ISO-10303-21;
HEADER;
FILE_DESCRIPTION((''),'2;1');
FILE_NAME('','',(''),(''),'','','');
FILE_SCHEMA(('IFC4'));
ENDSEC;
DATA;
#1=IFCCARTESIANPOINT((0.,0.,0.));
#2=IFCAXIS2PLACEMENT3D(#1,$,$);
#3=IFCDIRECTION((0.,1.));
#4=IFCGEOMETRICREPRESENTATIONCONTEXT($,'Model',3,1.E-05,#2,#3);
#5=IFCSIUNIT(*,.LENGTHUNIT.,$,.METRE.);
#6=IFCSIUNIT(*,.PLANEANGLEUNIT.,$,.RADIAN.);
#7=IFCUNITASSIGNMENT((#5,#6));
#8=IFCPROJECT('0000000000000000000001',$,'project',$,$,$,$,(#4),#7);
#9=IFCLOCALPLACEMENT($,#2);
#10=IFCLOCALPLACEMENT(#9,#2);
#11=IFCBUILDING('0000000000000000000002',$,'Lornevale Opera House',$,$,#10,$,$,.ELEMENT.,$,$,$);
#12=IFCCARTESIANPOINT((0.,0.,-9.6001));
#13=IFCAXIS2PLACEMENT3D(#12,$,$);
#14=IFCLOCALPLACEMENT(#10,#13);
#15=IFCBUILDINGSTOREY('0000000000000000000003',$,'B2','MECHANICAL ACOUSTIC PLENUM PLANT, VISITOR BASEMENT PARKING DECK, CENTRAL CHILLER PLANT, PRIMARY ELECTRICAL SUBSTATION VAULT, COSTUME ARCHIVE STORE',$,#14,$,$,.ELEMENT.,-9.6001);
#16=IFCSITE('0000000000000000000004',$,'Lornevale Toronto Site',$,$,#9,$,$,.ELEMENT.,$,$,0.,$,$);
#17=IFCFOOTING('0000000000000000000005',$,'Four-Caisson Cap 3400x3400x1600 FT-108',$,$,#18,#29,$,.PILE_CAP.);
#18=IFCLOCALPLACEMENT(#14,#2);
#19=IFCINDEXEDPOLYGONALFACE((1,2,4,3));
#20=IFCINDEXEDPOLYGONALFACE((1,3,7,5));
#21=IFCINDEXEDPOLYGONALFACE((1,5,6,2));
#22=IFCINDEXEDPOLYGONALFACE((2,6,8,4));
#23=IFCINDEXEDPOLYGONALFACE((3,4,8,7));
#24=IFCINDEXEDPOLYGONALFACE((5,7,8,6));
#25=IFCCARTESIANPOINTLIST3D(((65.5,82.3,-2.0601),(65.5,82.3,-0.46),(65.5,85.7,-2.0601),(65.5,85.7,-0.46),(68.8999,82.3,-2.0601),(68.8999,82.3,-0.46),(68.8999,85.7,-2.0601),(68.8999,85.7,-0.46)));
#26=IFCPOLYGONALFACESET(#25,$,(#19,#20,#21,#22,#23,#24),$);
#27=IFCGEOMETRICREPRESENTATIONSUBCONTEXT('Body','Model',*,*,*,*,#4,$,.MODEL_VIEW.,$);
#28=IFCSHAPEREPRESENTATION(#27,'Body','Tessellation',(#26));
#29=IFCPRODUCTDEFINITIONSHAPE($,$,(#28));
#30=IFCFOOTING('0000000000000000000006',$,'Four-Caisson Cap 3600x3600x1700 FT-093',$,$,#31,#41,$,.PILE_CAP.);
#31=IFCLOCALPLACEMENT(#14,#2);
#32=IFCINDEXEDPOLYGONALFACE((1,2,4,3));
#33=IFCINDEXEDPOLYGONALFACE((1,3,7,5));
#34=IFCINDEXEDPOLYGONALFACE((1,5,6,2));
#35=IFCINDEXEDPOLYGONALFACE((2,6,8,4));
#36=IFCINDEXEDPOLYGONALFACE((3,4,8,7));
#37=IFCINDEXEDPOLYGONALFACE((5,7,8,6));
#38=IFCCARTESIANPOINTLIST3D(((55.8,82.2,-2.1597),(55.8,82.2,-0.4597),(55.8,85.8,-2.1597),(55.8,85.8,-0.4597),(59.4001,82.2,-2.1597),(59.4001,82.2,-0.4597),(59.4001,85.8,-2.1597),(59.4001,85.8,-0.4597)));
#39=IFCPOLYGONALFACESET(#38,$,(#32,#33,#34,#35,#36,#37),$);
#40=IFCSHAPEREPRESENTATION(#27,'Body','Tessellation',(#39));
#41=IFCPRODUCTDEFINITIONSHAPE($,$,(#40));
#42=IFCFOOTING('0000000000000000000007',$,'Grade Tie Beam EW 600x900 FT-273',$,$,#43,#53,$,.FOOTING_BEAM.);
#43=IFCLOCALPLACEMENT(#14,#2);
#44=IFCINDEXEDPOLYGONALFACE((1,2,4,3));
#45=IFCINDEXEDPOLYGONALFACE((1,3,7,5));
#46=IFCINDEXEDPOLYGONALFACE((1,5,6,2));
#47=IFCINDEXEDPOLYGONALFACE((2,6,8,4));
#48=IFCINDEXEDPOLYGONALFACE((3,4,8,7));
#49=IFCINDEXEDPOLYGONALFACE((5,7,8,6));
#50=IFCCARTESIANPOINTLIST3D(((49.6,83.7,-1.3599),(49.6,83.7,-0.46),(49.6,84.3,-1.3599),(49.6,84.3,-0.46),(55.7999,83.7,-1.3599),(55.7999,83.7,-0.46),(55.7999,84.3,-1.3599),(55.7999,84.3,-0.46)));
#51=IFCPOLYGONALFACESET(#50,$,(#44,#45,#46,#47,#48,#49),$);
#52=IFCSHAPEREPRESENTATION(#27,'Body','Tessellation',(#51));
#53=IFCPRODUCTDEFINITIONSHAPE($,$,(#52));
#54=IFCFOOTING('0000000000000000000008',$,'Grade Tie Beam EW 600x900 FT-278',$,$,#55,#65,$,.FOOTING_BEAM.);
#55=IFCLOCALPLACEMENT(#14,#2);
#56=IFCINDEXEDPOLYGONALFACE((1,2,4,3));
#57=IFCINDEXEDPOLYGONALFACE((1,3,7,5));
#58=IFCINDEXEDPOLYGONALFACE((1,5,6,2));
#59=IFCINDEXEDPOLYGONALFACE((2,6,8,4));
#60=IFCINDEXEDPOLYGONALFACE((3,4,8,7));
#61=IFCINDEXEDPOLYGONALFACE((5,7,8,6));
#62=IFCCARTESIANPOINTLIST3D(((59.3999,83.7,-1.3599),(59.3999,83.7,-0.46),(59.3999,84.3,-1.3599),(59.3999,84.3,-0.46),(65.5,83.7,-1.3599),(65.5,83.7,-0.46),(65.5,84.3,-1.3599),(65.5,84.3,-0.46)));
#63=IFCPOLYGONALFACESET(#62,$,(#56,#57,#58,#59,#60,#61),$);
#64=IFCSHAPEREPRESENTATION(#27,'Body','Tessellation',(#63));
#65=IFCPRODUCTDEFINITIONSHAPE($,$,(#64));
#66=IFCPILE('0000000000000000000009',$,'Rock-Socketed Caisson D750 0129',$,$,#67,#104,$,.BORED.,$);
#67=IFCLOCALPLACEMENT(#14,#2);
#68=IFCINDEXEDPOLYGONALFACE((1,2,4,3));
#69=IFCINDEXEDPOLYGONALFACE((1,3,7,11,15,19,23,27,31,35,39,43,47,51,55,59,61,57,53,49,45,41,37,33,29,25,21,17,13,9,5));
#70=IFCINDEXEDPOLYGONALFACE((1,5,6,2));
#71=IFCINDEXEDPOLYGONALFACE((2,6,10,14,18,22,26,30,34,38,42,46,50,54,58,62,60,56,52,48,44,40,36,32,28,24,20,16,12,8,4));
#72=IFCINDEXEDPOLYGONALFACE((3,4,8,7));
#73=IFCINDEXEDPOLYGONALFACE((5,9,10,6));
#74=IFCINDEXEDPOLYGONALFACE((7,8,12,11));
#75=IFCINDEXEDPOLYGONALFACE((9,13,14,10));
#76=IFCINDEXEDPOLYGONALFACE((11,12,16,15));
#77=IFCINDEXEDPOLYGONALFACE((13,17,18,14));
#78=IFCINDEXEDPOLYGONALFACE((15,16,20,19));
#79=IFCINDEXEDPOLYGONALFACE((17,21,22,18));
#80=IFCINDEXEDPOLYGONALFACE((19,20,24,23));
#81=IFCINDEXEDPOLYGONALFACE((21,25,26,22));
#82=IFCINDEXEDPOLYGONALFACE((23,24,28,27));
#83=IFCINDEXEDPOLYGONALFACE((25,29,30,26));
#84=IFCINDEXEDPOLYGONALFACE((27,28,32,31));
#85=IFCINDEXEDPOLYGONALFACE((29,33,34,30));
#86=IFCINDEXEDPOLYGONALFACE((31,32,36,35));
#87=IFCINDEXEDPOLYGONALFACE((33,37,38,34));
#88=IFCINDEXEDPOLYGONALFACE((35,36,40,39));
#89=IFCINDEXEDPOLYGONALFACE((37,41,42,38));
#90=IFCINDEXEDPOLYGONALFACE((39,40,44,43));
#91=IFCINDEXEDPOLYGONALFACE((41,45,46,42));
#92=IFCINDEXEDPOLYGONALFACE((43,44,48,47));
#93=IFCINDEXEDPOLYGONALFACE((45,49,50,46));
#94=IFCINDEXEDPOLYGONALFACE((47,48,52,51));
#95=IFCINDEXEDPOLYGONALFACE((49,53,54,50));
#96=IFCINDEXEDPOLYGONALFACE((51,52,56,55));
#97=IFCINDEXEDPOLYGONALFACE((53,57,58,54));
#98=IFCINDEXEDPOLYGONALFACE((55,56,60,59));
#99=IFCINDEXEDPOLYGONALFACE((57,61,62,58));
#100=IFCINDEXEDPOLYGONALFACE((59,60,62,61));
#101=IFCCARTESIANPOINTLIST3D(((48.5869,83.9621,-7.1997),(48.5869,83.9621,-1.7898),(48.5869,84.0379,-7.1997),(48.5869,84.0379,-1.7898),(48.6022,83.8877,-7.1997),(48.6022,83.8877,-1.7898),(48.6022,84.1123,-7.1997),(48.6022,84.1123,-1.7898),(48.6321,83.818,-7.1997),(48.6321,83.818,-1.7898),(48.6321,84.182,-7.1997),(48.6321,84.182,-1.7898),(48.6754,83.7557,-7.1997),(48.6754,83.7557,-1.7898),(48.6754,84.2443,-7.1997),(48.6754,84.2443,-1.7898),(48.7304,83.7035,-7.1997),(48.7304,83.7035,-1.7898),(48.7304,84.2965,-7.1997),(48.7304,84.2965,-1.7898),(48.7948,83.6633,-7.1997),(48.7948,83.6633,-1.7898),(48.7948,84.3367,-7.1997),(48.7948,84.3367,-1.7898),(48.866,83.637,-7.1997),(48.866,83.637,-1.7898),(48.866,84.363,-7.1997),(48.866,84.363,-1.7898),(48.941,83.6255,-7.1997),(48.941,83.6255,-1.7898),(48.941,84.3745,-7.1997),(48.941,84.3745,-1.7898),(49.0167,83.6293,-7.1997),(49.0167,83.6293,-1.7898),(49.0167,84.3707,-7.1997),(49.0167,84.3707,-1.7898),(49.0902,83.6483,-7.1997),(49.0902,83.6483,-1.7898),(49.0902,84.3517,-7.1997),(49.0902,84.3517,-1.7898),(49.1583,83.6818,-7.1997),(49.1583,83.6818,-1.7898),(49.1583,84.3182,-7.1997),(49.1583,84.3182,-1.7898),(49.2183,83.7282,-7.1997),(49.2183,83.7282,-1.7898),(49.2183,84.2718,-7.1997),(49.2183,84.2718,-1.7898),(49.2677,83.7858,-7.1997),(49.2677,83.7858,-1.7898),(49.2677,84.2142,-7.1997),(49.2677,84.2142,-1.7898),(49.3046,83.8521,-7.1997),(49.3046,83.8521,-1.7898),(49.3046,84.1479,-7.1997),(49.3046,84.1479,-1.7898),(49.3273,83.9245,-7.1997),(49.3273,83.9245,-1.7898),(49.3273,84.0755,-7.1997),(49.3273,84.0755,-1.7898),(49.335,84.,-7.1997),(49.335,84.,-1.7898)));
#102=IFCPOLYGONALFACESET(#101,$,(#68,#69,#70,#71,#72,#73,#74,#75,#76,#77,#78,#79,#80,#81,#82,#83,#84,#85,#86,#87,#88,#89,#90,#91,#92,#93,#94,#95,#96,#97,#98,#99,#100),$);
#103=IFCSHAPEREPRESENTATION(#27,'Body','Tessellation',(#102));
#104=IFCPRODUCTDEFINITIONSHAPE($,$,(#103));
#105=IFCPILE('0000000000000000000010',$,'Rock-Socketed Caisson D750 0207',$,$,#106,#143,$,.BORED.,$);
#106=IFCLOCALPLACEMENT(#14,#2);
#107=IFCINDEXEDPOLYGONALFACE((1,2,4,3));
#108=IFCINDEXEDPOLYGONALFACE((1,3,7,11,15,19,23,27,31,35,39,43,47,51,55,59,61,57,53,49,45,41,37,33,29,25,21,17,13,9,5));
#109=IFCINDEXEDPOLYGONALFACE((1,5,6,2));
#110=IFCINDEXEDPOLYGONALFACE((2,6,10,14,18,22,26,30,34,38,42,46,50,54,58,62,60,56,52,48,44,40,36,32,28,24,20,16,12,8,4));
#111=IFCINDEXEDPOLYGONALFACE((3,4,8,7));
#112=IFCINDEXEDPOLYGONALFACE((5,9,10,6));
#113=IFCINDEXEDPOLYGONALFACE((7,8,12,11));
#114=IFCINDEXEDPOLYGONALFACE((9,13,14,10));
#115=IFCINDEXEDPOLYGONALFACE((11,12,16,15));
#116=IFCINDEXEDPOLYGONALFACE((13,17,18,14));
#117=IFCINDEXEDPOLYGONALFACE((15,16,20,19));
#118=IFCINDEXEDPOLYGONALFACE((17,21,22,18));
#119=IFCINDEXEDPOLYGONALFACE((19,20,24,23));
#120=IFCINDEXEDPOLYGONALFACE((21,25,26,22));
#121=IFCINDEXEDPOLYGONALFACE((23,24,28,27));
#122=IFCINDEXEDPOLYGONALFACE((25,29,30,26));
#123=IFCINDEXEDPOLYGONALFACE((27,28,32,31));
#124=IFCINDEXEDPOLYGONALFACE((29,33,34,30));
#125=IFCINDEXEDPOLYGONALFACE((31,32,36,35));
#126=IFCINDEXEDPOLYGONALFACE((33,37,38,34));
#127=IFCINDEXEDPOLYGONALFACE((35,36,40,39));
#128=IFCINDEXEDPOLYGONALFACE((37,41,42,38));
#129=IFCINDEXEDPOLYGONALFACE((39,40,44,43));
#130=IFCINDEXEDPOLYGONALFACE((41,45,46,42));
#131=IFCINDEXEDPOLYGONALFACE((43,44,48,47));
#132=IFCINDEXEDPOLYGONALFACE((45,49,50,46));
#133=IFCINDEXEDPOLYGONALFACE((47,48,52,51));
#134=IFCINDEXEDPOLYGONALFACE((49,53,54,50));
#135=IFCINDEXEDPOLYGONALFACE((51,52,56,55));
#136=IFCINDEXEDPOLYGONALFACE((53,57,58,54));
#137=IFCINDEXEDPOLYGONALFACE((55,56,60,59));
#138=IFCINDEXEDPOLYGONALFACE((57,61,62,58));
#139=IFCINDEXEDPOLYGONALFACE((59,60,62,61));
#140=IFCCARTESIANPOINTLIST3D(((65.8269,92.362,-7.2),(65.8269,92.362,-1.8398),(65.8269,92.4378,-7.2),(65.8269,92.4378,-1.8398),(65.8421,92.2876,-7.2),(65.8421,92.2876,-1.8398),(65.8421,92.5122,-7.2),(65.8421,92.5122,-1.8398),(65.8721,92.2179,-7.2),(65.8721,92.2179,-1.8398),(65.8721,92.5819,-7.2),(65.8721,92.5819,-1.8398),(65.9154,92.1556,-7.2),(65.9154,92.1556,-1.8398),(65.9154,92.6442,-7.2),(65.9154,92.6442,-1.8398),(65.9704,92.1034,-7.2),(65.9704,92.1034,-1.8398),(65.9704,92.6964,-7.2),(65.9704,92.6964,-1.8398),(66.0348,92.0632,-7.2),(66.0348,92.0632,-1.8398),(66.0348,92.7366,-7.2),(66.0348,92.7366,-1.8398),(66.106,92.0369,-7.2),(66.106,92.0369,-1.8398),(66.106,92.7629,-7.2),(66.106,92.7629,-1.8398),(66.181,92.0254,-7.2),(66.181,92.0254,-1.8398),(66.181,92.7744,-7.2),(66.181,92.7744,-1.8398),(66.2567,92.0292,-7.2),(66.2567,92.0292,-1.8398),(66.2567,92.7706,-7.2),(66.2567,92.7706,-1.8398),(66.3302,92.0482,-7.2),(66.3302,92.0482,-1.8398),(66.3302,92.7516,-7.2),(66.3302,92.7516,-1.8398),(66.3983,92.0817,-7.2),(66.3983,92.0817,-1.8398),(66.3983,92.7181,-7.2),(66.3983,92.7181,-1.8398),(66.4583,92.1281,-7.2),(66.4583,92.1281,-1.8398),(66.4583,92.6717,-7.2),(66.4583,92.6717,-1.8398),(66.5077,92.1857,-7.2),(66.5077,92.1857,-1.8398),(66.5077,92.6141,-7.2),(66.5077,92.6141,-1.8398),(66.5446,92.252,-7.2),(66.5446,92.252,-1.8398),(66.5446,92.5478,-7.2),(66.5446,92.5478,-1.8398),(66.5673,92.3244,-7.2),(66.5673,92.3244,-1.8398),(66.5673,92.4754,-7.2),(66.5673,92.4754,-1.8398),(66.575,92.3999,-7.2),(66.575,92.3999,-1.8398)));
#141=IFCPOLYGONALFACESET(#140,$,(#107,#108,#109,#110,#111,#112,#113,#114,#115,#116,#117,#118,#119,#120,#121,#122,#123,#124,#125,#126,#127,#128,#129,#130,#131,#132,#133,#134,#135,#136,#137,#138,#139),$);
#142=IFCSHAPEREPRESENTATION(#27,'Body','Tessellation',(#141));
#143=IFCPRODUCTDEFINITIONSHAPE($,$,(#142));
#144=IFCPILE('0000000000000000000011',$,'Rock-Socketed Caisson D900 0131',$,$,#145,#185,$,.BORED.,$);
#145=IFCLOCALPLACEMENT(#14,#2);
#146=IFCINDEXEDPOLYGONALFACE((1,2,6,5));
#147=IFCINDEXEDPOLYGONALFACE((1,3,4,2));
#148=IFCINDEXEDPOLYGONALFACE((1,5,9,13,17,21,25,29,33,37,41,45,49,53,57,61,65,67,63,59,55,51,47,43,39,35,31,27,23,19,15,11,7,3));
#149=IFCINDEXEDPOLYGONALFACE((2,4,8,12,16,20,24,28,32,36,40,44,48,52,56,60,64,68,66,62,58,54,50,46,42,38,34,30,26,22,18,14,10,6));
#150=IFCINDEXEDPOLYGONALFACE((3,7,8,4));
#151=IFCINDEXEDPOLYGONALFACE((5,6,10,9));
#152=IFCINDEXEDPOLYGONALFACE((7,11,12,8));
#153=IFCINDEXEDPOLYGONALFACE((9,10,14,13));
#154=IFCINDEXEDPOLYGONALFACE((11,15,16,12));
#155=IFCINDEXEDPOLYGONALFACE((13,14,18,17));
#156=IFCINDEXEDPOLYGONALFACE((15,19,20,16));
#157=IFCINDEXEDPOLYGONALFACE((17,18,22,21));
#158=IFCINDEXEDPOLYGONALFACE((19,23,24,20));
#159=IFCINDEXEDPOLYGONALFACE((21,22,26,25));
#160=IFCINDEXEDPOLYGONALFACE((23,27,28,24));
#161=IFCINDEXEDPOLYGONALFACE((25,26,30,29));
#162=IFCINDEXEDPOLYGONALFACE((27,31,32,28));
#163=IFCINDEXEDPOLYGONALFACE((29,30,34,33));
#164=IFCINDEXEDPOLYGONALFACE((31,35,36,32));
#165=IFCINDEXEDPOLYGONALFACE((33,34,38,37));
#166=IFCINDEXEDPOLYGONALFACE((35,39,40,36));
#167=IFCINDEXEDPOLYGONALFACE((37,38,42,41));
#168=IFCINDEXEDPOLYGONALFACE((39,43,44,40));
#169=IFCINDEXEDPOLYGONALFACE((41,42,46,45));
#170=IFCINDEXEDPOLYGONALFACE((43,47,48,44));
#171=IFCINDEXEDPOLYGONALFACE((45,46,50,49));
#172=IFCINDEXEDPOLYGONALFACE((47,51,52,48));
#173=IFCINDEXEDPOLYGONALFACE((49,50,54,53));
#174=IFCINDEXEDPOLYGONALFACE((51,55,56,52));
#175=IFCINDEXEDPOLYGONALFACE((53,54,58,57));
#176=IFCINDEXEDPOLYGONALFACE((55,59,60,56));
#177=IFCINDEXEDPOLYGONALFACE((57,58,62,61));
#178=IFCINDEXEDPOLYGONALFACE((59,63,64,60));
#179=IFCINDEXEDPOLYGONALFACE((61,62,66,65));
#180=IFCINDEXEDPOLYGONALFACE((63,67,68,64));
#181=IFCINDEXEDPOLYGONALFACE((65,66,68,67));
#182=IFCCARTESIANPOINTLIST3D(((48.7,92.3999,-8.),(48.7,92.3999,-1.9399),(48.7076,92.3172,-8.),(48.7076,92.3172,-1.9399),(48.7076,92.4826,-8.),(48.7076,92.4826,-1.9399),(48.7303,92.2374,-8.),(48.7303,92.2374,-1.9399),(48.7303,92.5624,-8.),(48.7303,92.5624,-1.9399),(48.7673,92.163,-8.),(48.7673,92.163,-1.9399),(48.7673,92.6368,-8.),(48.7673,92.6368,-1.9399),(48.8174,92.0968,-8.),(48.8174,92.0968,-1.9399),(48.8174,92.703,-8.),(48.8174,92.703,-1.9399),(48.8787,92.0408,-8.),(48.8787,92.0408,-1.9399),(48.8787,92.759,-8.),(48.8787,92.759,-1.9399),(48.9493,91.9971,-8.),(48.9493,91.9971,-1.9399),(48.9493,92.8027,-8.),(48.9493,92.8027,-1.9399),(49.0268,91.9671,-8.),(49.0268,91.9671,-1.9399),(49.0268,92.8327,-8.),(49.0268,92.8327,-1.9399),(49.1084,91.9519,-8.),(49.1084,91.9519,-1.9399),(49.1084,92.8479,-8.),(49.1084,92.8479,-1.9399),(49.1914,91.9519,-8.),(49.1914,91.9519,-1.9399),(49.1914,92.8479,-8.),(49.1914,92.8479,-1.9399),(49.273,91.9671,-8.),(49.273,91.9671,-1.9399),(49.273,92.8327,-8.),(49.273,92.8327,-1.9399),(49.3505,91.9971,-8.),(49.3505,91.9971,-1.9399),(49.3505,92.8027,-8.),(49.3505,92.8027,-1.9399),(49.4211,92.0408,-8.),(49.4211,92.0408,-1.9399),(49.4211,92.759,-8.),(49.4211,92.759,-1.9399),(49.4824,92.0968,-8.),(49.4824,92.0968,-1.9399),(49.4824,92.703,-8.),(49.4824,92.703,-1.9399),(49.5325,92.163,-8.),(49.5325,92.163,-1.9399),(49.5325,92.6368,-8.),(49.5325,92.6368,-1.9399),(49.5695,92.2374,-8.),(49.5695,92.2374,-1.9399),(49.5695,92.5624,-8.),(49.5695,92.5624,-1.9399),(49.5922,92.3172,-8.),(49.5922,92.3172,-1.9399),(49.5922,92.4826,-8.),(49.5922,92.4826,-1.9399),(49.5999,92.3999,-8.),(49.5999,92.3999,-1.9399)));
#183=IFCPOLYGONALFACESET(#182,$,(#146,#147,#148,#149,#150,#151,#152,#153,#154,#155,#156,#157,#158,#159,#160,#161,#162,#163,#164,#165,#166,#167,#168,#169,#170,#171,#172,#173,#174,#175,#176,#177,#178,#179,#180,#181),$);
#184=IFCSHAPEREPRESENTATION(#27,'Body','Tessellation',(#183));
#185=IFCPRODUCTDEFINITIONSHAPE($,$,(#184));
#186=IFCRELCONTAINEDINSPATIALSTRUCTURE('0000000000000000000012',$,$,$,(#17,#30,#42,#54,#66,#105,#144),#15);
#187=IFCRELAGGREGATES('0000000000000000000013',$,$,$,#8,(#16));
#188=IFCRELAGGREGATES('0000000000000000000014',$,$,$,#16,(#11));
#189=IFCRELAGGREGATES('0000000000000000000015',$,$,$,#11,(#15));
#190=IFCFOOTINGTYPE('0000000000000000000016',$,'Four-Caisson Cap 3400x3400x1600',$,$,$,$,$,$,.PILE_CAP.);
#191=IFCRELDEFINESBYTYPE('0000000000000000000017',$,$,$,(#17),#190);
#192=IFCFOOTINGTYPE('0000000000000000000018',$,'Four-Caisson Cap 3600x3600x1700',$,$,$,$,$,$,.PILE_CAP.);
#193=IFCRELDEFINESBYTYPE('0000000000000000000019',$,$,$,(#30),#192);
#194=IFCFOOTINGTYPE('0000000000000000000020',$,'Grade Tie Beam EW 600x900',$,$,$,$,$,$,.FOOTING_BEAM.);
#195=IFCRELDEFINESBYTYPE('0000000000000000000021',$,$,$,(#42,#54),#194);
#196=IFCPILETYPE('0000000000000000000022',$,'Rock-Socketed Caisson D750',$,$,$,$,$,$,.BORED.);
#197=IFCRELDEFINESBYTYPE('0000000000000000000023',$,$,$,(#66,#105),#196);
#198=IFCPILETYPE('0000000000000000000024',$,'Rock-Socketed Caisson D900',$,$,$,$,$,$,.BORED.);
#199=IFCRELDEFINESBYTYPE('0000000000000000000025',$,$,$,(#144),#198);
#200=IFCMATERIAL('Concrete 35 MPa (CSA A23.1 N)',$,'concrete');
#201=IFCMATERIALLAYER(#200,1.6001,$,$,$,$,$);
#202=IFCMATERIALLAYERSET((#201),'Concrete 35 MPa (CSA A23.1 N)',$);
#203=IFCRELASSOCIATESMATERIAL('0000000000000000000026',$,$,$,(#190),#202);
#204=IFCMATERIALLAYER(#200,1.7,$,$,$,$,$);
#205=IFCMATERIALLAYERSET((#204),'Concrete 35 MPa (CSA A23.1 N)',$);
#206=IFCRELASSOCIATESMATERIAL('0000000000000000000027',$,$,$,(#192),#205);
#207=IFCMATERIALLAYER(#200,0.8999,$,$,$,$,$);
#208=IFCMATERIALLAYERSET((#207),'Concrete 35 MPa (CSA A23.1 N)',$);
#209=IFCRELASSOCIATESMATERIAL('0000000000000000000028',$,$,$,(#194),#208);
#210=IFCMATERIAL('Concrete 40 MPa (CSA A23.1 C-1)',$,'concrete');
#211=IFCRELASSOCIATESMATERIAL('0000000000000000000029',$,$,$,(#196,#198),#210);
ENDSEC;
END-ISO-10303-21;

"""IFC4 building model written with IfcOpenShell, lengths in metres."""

from ifc_helpers import new_model, si_unit, direction, frame, origin, origin_2d, place, context, subcontext, project, spatial, rectangle, circle, extrude, material, layer, layer_set, material_profile, profile_set, type_object, element, save


model = new_model("IFC4")

# Units and contexts
model_context = context("Model", 3, precision=1e-05, world=origin(), true_north=direction((0.0, 1.0)))
body_context = subcontext(model_context, "Body", "Model", "MODEL_VIEW")
ifc_project = project(units=[si_unit("LENGTHUNIT", "METRE"), si_unit("PLANEANGLEUNIT", "RADIAN")], contexts=[model_context])

# Site, building, storey
site_placement = place(None, origin())
site = spatial("IfcSite", under=ifc_project, at=site_placement, Name="Lornevale Toronto Site", CompositionType="ELEMENT", RefElevation=0.0)
building_placement = place(site_placement, origin())
building = spatial("IfcBuilding", under=site, at=building_placement, Name="Lornevale Opera House", CompositionType="ELEMENT")
storey_placement = place(building_placement, frame((0.0, 0.0, -9.6001)))
storey = spatial("IfcBuildingStorey", under=building, at=storey_placement, Name="B2", Description="MECHANICAL ACOUSTIC PLENUM PLANT, VISITOR BASEMENT PARKING DECK, CENTRAL CHILLER PLANT, PRIMARY ELECTRICAL SUBSTATION VAULT, COSTUME ARCHIVE STORE", CompositionType="ELEMENT", Elevation=-9.6001)

# Footings
ifc_material_1 = material(Name="Concrete 35 MPa (CSA A23.1 N)", Category="concrete")
ifc_layer_1 = layer(ifc_material_1, 1.6001)
ifc_layer_set_1 = layer_set([ifc_layer_1], Name="Concrete 35 MPa (CSA A23.1 N)")
footing_type_1 = type_object("IfcFootingType", Name="Four-Caisson Cap 3400x3400x1600", PredefinedType="PILE_CAP", material=ifc_layer_set_1)
footing_1_placement = place(storey_placement, frame((67.2, 84.0, -2.0601), z_axis=(0.0, 0.0, 1.0), x_axis=(1.0, 0.0, 0.0)))
element("IfcFooting", 1, at=footing_1_placement, inside=storey, type_object=footing_type_1, Name="Four-Caisson Cap 3400x3400x1600 FT-108", PredefinedType="PILE_CAP", context=body_context, shape_type="SweptSolid", body=[
    extrude(rectangle(XDim=3.3999, YDim=3.3999, at=origin_2d()), origin(), (0.0, 0.0, 1.0), 1.6001),
])
ifc_layer_2 = layer(ifc_material_1, 1.7)
ifc_layer_set_2 = layer_set([ifc_layer_2], Name="Concrete 35 MPa (CSA A23.1 N)")
footing_type_2 = type_object("IfcFootingType", Name="Four-Caisson Cap 3600x3600x1700", PredefinedType="PILE_CAP", material=ifc_layer_set_2)
footing_2_placement = place(storey_placement, frame((57.6001, 84.0, -2.1597), z_axis=(0.0, 0.0, 1.0), x_axis=(1.0, 0.0, 0.0)))
element("IfcFooting", 2, at=footing_2_placement, inside=storey, type_object=footing_type_2, Name="Four-Caisson Cap 3600x3600x1700 FT-093", PredefinedType="PILE_CAP", context=body_context, shape_type="SweptSolid", body=[
    extrude(rectangle(XDim=3.6001, YDim=3.6001, at=origin_2d()), origin(), (0.0, 0.0, 1.0), 1.7),
])
ifc_layer_3 = layer(ifc_material_1, 0.8999)
ifc_layer_set_3 = layer_set([ifc_layer_3], Name="Concrete 35 MPa (CSA A23.1 N)")
footing_type_3 = type_object("IfcFootingType", Name="Grade Tie Beam EW 600x900", PredefinedType="FOOTING_BEAM", material=ifc_layer_set_3)
footing_3_placement = place(storey_placement, frame((52.7, 84.0, -1.3599), z_axis=(0.0, 0.0, 1.0), x_axis=(1.0, 0.0, 0.0)))
element("IfcFooting", 3, at=footing_3_placement, inside=storey, type_object=footing_type_3, Name="Grade Tie Beam EW 600x900 FT-273", PredefinedType="FOOTING_BEAM", context=body_context, shape_type="SweptSolid", body=[
    extrude(rectangle(XDim=6.2, YDim=0.6001, at=origin_2d()), origin(), (0.0, 0.0, 1.0), 0.8999),
])
footing_4_placement = place(storey_placement, frame((62.45, 84.0, -1.3599), z_axis=(0.0, 0.0, 1.0), x_axis=(1.0, 0.0, 0.0)))
element("IfcFooting", 4, at=footing_4_placement, inside=storey, type_object=footing_type_3, Name="Grade Tie Beam EW 600x900 FT-278", PredefinedType="FOOTING_BEAM", context=body_context, shape_type="SweptSolid", body=[
    extrude(rectangle(XDim=6.1001, YDim=0.6001, at=origin_2d()), origin(), (0.0, 0.0, 1.0), 0.8999),
])

# Piles
ifc_material_2 = material(Name="Concrete 40 MPa (CSA A23.1 C-1)", Category="concrete")
ifc_material_profile_1 = material_profile(ifc_material_2, circle(Radius=0.375, at=origin_2d()), Name="CAIS750")
ifc_profile_set_1 = profile_set([ifc_material_profile_1], Name="Concrete 40 MPa (CSA A23.1 C-1)")
pile_type_1 = type_object("IfcPileType", Name="Rock-Socketed Caisson D750", PredefinedType="BORED", material=ifc_profile_set_1)
pile_1_placement = place(storey_placement, frame((48.96, 84.0, -1.7898), z_axis=(0.0, 0.0, -1.0), x_axis=(1.0, 0.0, 0.0)))
element("IfcPile", 5, at=pile_1_placement, inside=storey, type_object=pile_type_1, Name="Rock-Socketed Caisson D750 0129", PredefinedType="BORED", context=body_context, shape_type="SweptSolid", body=[
    extrude(circle(Radius=0.375, at=origin_2d()), origin(), (0.0, 0.0, 1.0), 5.4099),
])
pile_2_placement = place(storey_placement, frame((66.2, 92.3999, -1.8398), z_axis=(0.0, 0.0, -1.0), x_axis=(1.0, 0.0, 0.0)))
element("IfcPile", 6, at=pile_2_placement, inside=storey, type_object=pile_type_1, Name="Rock-Socketed Caisson D750 0207", PredefinedType="BORED", context=body_context, shape_type="SweptSolid", body=[
    extrude(circle(Radius=0.375, at=origin_2d()), origin(), (0.0, 0.0, 1.0), 5.3601),
])
ifc_material_profile_2 = material_profile(ifc_material_2, circle(Radius=0.45, at=origin_2d()), Name="CAIS900")
ifc_profile_set_2 = profile_set([ifc_material_profile_2], Name="Concrete 40 MPa (CSA A23.1 C-1)")
pile_type_2 = type_object("IfcPileType", Name="Rock-Socketed Caisson D900", PredefinedType="BORED", material=ifc_profile_set_2)
pile_3_placement = place(storey_placement, frame((49.1499, 92.3999, -1.9399), z_axis=(0.0, 0.0, -1.0), x_axis=(1.0, 0.0, 0.0)))
element("IfcPile", 7, at=pile_3_placement, inside=storey, type_object=pile_type_2, Name="Rock-Socketed Caisson D900 0131", PredefinedType="BORED", context=body_context, shape_type="SweptSolid", body=[
    extrude(circle(Radius=0.45, at=origin_2d()), origin(), (0.0, 0.0, 1.0), 6.0601),
])

save(model, "model.ifc")
